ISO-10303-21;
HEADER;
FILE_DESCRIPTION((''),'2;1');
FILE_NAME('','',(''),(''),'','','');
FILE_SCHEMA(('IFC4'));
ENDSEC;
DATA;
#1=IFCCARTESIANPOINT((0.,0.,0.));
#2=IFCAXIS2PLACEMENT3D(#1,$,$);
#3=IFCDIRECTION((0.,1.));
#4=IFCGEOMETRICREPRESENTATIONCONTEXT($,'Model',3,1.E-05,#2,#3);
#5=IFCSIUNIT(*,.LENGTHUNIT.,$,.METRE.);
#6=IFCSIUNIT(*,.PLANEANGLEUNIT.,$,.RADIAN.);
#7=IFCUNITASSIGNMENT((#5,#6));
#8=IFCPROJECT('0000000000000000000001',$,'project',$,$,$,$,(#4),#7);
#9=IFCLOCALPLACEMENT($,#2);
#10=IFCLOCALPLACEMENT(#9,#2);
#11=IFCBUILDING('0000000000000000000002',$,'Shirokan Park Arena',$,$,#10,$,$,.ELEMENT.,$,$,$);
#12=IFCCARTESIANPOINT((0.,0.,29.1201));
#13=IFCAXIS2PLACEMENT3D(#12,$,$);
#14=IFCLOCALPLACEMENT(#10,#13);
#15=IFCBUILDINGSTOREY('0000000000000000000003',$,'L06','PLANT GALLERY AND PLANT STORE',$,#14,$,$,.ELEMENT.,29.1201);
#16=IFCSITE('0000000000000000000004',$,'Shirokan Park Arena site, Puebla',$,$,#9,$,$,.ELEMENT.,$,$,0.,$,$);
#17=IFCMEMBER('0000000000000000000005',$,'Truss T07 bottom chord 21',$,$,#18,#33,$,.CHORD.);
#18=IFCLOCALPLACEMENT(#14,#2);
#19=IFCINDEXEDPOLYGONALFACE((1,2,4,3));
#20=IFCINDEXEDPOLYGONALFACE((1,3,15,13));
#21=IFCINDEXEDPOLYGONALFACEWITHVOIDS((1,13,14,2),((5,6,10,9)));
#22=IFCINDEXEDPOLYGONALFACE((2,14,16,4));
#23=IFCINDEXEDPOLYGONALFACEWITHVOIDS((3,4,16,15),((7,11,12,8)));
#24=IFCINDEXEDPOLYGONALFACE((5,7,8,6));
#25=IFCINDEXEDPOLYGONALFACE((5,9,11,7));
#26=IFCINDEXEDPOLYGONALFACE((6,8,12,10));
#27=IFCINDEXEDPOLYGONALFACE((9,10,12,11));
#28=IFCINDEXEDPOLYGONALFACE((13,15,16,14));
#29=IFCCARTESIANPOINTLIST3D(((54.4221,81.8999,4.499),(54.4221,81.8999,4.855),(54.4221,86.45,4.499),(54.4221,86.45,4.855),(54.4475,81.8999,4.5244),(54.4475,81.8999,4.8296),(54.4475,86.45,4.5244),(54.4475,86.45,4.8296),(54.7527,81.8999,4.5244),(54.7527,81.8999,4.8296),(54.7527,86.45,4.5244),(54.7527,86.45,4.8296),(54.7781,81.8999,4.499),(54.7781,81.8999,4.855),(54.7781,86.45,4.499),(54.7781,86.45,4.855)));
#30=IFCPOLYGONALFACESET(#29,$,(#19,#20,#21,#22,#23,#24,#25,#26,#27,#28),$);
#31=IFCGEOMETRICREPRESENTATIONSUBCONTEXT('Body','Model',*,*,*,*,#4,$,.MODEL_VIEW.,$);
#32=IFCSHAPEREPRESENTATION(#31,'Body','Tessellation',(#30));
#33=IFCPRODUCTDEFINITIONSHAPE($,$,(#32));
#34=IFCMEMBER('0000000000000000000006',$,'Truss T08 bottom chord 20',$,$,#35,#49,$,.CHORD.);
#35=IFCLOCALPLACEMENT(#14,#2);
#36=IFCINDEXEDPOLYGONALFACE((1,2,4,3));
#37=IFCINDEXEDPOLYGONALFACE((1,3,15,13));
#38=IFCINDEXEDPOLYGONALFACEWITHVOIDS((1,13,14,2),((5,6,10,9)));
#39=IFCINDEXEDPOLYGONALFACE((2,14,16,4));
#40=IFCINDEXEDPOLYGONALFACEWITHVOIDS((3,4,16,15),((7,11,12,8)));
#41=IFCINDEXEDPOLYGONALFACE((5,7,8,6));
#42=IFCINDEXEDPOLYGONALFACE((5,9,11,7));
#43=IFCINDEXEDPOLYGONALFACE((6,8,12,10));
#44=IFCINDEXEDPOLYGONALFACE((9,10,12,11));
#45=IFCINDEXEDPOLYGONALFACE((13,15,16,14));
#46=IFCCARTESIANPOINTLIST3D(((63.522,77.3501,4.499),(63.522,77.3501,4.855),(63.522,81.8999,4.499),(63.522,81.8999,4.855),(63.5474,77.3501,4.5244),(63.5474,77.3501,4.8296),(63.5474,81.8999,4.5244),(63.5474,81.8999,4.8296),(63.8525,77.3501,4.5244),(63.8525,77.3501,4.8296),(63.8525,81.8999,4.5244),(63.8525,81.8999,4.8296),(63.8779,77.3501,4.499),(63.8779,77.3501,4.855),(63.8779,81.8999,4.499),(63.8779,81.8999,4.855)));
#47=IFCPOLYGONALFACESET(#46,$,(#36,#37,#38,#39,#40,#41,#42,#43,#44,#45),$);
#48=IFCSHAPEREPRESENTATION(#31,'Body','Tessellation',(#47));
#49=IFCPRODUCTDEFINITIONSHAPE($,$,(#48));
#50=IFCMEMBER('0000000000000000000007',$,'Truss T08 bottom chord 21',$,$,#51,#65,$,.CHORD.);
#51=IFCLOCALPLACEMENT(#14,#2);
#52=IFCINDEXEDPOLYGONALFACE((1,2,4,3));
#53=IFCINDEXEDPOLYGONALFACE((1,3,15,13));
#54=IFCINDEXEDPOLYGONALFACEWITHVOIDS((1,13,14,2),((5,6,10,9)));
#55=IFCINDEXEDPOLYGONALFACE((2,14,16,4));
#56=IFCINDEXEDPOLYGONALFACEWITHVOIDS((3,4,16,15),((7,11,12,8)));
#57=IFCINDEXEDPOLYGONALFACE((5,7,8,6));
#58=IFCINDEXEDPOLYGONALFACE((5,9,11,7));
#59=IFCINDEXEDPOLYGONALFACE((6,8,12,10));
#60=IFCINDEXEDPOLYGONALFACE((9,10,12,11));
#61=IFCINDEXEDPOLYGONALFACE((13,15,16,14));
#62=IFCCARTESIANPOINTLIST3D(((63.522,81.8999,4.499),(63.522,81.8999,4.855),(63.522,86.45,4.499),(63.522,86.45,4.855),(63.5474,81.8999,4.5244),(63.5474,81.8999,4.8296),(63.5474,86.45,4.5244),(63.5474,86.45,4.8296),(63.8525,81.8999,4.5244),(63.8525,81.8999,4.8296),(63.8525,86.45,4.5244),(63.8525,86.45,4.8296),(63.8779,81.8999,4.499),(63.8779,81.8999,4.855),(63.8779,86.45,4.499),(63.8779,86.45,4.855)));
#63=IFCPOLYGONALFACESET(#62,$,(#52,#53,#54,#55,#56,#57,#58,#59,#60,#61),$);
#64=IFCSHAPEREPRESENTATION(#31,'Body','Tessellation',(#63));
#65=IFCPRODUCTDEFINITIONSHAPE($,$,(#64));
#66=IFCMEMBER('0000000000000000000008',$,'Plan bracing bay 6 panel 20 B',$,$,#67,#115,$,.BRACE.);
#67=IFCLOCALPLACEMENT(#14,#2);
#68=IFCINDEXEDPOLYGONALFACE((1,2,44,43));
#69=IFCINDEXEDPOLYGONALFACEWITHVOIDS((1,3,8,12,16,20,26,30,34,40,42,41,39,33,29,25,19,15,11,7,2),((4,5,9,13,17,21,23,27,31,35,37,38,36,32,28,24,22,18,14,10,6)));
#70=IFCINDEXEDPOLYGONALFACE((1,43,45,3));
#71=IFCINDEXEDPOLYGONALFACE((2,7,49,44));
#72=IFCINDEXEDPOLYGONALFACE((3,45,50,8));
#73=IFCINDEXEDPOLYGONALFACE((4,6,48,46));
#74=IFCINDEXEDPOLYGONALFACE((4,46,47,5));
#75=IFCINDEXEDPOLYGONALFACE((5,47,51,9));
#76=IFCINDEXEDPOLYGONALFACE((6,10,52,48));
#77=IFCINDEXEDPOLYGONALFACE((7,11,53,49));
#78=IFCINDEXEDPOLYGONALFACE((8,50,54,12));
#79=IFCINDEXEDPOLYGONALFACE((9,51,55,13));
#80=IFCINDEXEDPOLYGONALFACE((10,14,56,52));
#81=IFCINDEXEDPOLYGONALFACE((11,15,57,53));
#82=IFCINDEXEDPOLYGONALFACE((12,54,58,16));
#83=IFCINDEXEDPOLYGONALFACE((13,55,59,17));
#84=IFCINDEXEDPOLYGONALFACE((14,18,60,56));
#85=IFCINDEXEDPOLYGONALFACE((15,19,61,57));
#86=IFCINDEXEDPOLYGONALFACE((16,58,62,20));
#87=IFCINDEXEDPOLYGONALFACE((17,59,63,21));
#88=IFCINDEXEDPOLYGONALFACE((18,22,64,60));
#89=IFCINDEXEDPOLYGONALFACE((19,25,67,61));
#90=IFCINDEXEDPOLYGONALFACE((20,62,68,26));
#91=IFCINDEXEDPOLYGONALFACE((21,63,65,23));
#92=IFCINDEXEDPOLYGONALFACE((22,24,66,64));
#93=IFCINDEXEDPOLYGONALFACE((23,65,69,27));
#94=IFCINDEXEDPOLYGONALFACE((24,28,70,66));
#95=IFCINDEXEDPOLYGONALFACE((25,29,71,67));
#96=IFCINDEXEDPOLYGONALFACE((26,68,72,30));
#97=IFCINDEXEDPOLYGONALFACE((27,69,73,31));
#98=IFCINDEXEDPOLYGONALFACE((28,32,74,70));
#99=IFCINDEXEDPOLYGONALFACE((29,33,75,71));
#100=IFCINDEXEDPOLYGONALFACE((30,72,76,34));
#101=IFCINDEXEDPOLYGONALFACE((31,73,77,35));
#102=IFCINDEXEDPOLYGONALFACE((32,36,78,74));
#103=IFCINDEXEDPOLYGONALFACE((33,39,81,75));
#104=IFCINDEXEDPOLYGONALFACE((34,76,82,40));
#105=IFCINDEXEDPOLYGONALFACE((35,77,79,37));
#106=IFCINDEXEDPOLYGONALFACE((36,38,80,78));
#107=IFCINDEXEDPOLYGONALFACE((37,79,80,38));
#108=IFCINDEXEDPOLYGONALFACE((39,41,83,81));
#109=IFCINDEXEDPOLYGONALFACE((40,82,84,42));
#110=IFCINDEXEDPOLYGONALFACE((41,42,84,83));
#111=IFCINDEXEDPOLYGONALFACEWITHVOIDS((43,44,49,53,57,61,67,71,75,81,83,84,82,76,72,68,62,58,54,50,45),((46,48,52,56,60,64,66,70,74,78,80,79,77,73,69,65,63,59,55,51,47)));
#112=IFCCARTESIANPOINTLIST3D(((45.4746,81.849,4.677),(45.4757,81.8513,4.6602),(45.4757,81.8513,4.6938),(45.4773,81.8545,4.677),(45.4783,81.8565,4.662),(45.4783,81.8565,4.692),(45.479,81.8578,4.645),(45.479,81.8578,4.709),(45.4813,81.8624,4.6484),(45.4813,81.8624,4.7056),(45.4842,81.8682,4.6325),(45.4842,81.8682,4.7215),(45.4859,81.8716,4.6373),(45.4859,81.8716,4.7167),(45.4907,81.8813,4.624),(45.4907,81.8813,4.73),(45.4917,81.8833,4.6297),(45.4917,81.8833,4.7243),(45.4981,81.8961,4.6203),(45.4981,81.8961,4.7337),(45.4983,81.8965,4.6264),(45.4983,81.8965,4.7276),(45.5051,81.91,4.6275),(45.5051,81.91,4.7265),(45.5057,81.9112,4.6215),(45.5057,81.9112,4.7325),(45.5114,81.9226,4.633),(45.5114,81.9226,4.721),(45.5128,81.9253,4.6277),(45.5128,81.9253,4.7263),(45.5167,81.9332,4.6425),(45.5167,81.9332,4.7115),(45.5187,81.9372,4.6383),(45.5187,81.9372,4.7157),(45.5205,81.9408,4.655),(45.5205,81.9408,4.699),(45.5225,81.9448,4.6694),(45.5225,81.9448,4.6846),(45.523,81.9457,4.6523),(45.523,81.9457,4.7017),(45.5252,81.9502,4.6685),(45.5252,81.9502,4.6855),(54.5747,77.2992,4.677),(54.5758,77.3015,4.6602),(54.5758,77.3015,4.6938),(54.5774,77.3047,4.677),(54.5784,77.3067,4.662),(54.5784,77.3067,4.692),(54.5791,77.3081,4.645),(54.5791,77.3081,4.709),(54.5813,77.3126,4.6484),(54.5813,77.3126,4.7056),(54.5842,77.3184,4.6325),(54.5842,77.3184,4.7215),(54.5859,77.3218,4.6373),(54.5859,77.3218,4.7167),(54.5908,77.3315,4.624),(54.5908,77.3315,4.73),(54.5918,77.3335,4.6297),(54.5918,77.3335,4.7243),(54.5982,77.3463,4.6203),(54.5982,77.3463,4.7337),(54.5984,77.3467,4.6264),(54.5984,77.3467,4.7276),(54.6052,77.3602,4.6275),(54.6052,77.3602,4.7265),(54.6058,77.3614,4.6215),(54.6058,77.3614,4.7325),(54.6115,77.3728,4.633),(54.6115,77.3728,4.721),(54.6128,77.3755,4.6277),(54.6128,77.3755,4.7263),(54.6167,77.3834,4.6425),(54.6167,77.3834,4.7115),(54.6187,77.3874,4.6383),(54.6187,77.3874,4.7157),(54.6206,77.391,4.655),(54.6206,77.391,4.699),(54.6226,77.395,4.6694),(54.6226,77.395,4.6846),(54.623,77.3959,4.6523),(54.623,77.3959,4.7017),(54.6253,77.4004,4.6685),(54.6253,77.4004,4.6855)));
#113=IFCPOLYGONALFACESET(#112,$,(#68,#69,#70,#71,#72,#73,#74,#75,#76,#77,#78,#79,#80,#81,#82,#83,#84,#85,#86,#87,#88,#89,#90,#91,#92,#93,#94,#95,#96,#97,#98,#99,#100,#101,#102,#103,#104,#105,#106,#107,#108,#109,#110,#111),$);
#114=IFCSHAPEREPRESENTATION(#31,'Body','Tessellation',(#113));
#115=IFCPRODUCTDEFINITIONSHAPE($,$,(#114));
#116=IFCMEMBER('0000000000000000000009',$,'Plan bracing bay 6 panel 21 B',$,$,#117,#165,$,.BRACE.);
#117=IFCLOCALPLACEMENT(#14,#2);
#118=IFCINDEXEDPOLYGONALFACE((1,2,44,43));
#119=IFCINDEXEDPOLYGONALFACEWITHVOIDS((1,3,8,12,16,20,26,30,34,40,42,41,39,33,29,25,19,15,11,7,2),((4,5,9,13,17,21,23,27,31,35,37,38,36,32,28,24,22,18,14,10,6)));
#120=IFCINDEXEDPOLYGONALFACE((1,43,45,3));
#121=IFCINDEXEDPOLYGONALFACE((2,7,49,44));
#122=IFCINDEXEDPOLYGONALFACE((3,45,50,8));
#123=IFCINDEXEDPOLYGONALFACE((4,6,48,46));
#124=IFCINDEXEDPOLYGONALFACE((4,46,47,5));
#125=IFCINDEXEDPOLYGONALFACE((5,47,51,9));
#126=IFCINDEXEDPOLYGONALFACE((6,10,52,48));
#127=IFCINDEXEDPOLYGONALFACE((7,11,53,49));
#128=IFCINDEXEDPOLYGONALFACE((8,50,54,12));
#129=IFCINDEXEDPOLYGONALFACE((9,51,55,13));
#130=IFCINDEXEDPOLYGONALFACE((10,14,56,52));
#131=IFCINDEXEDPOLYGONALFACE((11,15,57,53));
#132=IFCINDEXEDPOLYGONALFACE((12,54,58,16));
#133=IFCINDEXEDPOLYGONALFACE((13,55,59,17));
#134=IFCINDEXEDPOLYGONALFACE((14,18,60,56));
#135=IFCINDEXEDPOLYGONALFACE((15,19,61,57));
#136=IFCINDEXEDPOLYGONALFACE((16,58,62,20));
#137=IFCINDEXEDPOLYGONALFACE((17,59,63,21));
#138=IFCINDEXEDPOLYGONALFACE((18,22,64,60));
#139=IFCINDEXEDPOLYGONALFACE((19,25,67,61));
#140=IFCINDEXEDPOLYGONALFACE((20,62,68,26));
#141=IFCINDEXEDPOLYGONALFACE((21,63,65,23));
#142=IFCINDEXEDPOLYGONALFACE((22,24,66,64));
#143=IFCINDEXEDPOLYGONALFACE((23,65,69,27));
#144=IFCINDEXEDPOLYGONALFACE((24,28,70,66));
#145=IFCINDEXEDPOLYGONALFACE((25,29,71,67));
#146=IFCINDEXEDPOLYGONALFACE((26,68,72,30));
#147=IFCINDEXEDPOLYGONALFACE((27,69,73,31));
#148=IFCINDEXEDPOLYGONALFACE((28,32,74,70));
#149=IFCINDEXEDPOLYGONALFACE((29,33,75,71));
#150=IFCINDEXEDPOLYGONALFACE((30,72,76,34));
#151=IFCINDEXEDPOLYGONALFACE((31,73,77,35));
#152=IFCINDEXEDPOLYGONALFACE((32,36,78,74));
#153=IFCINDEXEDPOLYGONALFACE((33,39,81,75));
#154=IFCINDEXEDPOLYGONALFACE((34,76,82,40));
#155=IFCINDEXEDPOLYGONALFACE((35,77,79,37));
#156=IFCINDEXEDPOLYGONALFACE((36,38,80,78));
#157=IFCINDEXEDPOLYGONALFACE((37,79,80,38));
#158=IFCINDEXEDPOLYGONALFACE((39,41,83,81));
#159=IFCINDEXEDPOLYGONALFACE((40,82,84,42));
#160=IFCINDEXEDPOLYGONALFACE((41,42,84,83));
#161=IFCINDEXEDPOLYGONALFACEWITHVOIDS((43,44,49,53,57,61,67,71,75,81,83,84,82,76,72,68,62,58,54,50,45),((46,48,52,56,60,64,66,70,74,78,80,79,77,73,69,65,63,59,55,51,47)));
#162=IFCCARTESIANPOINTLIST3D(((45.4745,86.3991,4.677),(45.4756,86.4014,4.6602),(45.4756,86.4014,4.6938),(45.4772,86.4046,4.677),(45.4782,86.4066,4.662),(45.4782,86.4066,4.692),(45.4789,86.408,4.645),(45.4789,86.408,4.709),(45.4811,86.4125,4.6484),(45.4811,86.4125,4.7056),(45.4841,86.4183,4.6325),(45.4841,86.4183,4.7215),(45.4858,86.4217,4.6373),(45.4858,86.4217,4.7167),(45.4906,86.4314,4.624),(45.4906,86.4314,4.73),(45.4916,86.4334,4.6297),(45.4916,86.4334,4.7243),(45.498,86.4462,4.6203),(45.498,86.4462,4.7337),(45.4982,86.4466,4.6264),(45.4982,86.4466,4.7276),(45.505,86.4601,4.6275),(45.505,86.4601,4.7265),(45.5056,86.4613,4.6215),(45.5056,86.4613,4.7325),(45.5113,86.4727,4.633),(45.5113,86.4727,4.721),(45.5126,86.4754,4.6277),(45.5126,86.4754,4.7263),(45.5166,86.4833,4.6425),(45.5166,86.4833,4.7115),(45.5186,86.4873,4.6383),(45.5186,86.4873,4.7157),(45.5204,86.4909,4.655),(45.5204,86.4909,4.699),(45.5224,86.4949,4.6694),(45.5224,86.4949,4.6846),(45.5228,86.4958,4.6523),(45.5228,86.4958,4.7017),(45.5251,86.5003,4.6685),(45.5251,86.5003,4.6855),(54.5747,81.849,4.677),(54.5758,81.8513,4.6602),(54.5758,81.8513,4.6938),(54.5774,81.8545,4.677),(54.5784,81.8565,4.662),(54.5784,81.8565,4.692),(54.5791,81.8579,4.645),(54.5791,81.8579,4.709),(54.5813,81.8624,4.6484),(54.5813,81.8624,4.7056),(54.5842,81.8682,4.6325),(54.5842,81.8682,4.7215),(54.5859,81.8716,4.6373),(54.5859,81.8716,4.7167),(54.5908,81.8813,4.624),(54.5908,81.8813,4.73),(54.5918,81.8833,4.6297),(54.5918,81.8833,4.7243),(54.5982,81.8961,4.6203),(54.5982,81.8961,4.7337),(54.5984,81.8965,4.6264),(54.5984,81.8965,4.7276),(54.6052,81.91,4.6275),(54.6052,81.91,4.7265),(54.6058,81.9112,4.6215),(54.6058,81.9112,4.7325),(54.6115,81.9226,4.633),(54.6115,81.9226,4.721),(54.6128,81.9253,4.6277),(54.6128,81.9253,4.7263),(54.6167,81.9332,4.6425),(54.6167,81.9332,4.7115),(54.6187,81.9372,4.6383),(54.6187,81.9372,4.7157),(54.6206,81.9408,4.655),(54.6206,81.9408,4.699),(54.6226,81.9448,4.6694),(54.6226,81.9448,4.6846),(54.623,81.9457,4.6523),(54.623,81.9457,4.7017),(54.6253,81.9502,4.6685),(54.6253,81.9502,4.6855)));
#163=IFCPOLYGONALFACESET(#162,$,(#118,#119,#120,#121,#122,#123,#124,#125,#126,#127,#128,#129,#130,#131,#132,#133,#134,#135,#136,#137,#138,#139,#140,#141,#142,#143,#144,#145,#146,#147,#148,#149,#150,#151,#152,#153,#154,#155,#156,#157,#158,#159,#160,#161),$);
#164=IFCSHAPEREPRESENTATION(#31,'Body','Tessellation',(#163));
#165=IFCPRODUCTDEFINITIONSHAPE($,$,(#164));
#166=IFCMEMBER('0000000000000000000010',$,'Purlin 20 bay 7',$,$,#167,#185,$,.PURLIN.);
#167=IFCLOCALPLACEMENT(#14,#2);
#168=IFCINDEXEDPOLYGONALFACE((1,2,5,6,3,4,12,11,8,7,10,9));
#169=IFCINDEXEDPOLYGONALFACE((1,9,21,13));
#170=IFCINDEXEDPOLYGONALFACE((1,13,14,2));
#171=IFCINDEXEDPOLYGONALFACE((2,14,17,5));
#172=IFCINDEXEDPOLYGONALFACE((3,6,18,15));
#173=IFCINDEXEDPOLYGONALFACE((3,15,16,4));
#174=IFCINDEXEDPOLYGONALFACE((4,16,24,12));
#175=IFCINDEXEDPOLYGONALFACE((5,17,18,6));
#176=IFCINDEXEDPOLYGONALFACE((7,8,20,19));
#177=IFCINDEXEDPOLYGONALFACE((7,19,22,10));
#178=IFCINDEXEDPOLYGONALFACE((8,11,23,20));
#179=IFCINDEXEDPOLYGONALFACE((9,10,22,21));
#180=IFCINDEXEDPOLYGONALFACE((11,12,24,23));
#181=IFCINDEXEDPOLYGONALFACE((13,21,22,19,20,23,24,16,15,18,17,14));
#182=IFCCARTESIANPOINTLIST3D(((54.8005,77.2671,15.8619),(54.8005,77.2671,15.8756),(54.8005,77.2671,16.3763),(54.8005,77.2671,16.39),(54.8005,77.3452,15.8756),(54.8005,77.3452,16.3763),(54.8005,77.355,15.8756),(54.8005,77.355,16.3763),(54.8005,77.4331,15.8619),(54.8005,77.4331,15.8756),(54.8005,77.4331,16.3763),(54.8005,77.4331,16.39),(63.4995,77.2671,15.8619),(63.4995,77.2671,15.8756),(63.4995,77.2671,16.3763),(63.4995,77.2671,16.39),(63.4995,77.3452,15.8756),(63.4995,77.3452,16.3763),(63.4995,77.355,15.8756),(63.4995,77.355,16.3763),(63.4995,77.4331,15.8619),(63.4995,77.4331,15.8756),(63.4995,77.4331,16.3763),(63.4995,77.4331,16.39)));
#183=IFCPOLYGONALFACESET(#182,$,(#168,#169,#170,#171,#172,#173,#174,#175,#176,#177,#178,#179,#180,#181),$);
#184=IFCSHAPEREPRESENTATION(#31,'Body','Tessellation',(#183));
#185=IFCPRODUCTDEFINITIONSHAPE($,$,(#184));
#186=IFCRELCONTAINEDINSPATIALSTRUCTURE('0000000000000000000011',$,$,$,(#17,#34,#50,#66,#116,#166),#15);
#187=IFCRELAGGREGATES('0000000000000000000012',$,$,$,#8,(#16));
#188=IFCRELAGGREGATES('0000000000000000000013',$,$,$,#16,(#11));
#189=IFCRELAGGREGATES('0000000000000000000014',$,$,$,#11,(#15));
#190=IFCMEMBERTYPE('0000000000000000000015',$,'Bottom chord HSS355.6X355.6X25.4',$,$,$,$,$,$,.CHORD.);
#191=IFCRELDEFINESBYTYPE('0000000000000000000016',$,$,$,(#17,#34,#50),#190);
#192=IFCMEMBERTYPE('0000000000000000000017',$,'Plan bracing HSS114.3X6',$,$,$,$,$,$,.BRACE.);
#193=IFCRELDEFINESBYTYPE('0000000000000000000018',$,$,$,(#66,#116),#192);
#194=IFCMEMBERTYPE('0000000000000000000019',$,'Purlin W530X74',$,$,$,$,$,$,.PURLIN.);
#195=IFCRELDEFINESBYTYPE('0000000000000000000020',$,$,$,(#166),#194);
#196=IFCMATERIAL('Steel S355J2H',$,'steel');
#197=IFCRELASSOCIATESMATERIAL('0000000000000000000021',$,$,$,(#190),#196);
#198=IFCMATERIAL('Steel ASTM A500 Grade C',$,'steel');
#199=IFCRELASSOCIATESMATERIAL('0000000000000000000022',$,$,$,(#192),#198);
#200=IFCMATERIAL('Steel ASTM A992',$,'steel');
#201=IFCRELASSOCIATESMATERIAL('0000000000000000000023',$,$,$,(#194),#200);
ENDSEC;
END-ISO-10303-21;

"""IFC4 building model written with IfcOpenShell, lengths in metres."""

from ifc_helpers import new_model, si_unit, direction, frame, origin, origin_2d, place, context, subcontext, project, spatial, hollow_rectangle, hollow_circle, i_section, extrude, material, material_profile, profile_set, type_object, element, save


model = new_model("IFC4")

# Units and contexts
model_context = context("Model", 3, precision=1e-05, world=origin(), true_north=direction((0.0, 1.0)))
body_context = subcontext(model_context, "Body", "Model", "MODEL_VIEW")
ifc_project = project(units=[si_unit("LENGTHUNIT", "METRE"), si_unit("PLANEANGLEUNIT", "RADIAN")], contexts=[model_context])

# Site, building, storey
site_placement = place(None, origin())
site = spatial("IfcSite", under=ifc_project, at=site_placement, Name="Shirokan Park Arena site, Puebla", CompositionType="ELEMENT", RefElevation=0.0)
building_placement = place(site_placement, origin())
building = spatial("IfcBuilding", under=site, at=building_placement, Name="Shirokan Park Arena", CompositionType="ELEMENT")
storey_placement = place(building_placement, frame((0.0, 0.0, 29.1201)))
storey = spatial("IfcBuildingStorey", under=building, at=storey_placement, Name="L06", Description="PLANT GALLERY AND PLANT STORE", CompositionType="ELEMENT", Elevation=29.1201)

# Members
ifc_material_1 = material(Name="Steel S355J2H", Category="steel")
ifc_material_profile_1 = material_profile(ifc_material_1, hollow_rectangle(XDim=0.356, YDim=0.356, WallThickness=0.0254, at=origin_2d()), Name="HSS355.6X355.6X25.4")
ifc_profile_set_1 = profile_set([ifc_material_profile_1], Name="Steel S355J2H")
member_type_1 = type_object("IfcMemberType", Name="Bottom chord HSS355.6X355.6X25.4", PredefinedType="CHORD", material=ifc_profile_set_1)
member_1_placement = place(storey_placement, frame((54.6001, 81.8999, 4.677), z_axis=(0.0, 1.0, 0.0), x_axis=(-1.0, 0.0, 0.0)))
element("IfcMember", 1, at=member_1_placement, inside=storey, type_object=member_type_1, Name="Truss T07 bottom chord 21", PredefinedType="CHORD", context=body_context, shape_type="SweptSolid", body=[
    extrude(hollow_rectangle(XDim=0.356, YDim=0.356, WallThickness=0.0254, at=origin_2d()), origin(), (0.0, 0.0, 1.0), 4.55),
])
member_2_placement = place(storey_placement, frame((63.7, 77.3501, 4.677), z_axis=(0.0, 1.0, 0.0), x_axis=(-1.0, 0.0, 0.0)))
element("IfcMember", 2, at=member_2_placement, inside=storey, type_object=member_type_1, Name="Truss T08 bottom chord 20", PredefinedType="CHORD", context=body_context, shape_type="SweptSolid", body=[
    extrude(hollow_rectangle(XDim=0.356, YDim=0.356, WallThickness=0.0254, at=origin_2d()), origin(), (0.0, 0.0, 1.0), 4.5498),
])
member_3_placement = place(storey_placement, frame((63.7, 81.8999, 4.677), z_axis=(0.0, 1.0, 0.0), x_axis=(-1.0, 0.0, 0.0)))
element("IfcMember", 3, at=member_3_placement, inside=storey, type_object=member_type_1, Name="Truss T08 bottom chord 21", PredefinedType="CHORD", context=body_context, shape_type="SweptSolid", body=[
    extrude(hollow_rectangle(XDim=0.356, YDim=0.356, WallThickness=0.0254, at=origin_2d()), origin(), (0.0, 0.0, 1.0), 4.55),
])
ifc_material_2 = material(Name="Steel ASTM A500 Grade C", Category="steel")
ifc_material_profile_2 = material_profile(ifc_material_2, hollow_circle(Radius=0.0569, WallThickness=0.0061, at=origin_2d()), Name="HSS114.3X6")
ifc_profile_set_2 = profile_set([ifc_material_profile_2], Name="Steel ASTM A500 Grade C")
member_type_2 = type_object("IfcMemberType", Name="Plan bracing HSS114.3X6", PredefinedType="BRACE", material=ifc_profile_set_2)
member_4_placement = place(storey_placement, frame((54.6001, 77.3501, 4.677), z_axis=(-0.894437, 0.447194, 0.0), x_axis=(-0.447194, -0.894437, 0.0)))
element("IfcMember", 4, at=member_4_placement, inside=storey, type_object=member_type_2, Name="Plan bracing bay 6 panel 20 B", PredefinedType="BRACE", context=body_context, shape_type="SweptSolid", body=[
    extrude(hollow_circle(Radius=0.0569, WallThickness=0.0061, at=origin_2d()), origin(), (0.0, 0.0, 1.0), 10.1741),
])
member_5_placement = place(storey_placement, frame((54.6001, 81.8999, 4.677), z_axis=(-0.894427, 0.447214, 0.0), x_axis=(-0.447214, -0.894427, 0.0)))
element("IfcMember", 5, at=member_5_placement, inside=storey, type_object=member_type_2, Name="Plan bracing bay 6 panel 21 B", PredefinedType="BRACE", context=body_context, shape_type="SweptSolid", body=[
    extrude(hollow_circle(Radius=0.0569, WallThickness=0.0061, at=origin_2d()), origin(), (0.0, 0.0, 1.0), 10.1743),
])
ifc_material_3 = material(Name="Steel ASTM A992", Category="steel")
ifc_material_profile_3 = material_profile(ifc_material_3, i_section(OverallWidth=0.166, OverallDepth=0.5281, WebThickness=0.0098, FlangeThickness=0.0137, at=origin_2d()), Name="W530X74")
ifc_profile_set_3 = profile_set([ifc_material_profile_3], Name="Steel ASTM A992")
member_type_3 = type_object("IfcMemberType", Name="Purlin W530X74", PredefinedType="PURLIN", material=ifc_profile_set_3)
member_6_placement = place(storey_placement, frame((54.8005, 77.3501, 16.126), z_axis=(1.0, 0.0, 0.0), x_axis=(0.0, 1.0, 0.0)))
element("IfcMember", 6, at=member_6_placement, inside=storey, type_object=member_type_3, Name="Purlin 20 bay 7", PredefinedType="PURLIN", context=body_context, shape_type="SweptSolid", body=[
    extrude(i_section(OverallWidth=0.166, OverallDepth=0.5281, WebThickness=0.0098, FlangeThickness=0.0137, at=origin_2d()), origin(), (0.0, 0.0, 1.0), 8.699),
])

save(model, "model.ifc")
